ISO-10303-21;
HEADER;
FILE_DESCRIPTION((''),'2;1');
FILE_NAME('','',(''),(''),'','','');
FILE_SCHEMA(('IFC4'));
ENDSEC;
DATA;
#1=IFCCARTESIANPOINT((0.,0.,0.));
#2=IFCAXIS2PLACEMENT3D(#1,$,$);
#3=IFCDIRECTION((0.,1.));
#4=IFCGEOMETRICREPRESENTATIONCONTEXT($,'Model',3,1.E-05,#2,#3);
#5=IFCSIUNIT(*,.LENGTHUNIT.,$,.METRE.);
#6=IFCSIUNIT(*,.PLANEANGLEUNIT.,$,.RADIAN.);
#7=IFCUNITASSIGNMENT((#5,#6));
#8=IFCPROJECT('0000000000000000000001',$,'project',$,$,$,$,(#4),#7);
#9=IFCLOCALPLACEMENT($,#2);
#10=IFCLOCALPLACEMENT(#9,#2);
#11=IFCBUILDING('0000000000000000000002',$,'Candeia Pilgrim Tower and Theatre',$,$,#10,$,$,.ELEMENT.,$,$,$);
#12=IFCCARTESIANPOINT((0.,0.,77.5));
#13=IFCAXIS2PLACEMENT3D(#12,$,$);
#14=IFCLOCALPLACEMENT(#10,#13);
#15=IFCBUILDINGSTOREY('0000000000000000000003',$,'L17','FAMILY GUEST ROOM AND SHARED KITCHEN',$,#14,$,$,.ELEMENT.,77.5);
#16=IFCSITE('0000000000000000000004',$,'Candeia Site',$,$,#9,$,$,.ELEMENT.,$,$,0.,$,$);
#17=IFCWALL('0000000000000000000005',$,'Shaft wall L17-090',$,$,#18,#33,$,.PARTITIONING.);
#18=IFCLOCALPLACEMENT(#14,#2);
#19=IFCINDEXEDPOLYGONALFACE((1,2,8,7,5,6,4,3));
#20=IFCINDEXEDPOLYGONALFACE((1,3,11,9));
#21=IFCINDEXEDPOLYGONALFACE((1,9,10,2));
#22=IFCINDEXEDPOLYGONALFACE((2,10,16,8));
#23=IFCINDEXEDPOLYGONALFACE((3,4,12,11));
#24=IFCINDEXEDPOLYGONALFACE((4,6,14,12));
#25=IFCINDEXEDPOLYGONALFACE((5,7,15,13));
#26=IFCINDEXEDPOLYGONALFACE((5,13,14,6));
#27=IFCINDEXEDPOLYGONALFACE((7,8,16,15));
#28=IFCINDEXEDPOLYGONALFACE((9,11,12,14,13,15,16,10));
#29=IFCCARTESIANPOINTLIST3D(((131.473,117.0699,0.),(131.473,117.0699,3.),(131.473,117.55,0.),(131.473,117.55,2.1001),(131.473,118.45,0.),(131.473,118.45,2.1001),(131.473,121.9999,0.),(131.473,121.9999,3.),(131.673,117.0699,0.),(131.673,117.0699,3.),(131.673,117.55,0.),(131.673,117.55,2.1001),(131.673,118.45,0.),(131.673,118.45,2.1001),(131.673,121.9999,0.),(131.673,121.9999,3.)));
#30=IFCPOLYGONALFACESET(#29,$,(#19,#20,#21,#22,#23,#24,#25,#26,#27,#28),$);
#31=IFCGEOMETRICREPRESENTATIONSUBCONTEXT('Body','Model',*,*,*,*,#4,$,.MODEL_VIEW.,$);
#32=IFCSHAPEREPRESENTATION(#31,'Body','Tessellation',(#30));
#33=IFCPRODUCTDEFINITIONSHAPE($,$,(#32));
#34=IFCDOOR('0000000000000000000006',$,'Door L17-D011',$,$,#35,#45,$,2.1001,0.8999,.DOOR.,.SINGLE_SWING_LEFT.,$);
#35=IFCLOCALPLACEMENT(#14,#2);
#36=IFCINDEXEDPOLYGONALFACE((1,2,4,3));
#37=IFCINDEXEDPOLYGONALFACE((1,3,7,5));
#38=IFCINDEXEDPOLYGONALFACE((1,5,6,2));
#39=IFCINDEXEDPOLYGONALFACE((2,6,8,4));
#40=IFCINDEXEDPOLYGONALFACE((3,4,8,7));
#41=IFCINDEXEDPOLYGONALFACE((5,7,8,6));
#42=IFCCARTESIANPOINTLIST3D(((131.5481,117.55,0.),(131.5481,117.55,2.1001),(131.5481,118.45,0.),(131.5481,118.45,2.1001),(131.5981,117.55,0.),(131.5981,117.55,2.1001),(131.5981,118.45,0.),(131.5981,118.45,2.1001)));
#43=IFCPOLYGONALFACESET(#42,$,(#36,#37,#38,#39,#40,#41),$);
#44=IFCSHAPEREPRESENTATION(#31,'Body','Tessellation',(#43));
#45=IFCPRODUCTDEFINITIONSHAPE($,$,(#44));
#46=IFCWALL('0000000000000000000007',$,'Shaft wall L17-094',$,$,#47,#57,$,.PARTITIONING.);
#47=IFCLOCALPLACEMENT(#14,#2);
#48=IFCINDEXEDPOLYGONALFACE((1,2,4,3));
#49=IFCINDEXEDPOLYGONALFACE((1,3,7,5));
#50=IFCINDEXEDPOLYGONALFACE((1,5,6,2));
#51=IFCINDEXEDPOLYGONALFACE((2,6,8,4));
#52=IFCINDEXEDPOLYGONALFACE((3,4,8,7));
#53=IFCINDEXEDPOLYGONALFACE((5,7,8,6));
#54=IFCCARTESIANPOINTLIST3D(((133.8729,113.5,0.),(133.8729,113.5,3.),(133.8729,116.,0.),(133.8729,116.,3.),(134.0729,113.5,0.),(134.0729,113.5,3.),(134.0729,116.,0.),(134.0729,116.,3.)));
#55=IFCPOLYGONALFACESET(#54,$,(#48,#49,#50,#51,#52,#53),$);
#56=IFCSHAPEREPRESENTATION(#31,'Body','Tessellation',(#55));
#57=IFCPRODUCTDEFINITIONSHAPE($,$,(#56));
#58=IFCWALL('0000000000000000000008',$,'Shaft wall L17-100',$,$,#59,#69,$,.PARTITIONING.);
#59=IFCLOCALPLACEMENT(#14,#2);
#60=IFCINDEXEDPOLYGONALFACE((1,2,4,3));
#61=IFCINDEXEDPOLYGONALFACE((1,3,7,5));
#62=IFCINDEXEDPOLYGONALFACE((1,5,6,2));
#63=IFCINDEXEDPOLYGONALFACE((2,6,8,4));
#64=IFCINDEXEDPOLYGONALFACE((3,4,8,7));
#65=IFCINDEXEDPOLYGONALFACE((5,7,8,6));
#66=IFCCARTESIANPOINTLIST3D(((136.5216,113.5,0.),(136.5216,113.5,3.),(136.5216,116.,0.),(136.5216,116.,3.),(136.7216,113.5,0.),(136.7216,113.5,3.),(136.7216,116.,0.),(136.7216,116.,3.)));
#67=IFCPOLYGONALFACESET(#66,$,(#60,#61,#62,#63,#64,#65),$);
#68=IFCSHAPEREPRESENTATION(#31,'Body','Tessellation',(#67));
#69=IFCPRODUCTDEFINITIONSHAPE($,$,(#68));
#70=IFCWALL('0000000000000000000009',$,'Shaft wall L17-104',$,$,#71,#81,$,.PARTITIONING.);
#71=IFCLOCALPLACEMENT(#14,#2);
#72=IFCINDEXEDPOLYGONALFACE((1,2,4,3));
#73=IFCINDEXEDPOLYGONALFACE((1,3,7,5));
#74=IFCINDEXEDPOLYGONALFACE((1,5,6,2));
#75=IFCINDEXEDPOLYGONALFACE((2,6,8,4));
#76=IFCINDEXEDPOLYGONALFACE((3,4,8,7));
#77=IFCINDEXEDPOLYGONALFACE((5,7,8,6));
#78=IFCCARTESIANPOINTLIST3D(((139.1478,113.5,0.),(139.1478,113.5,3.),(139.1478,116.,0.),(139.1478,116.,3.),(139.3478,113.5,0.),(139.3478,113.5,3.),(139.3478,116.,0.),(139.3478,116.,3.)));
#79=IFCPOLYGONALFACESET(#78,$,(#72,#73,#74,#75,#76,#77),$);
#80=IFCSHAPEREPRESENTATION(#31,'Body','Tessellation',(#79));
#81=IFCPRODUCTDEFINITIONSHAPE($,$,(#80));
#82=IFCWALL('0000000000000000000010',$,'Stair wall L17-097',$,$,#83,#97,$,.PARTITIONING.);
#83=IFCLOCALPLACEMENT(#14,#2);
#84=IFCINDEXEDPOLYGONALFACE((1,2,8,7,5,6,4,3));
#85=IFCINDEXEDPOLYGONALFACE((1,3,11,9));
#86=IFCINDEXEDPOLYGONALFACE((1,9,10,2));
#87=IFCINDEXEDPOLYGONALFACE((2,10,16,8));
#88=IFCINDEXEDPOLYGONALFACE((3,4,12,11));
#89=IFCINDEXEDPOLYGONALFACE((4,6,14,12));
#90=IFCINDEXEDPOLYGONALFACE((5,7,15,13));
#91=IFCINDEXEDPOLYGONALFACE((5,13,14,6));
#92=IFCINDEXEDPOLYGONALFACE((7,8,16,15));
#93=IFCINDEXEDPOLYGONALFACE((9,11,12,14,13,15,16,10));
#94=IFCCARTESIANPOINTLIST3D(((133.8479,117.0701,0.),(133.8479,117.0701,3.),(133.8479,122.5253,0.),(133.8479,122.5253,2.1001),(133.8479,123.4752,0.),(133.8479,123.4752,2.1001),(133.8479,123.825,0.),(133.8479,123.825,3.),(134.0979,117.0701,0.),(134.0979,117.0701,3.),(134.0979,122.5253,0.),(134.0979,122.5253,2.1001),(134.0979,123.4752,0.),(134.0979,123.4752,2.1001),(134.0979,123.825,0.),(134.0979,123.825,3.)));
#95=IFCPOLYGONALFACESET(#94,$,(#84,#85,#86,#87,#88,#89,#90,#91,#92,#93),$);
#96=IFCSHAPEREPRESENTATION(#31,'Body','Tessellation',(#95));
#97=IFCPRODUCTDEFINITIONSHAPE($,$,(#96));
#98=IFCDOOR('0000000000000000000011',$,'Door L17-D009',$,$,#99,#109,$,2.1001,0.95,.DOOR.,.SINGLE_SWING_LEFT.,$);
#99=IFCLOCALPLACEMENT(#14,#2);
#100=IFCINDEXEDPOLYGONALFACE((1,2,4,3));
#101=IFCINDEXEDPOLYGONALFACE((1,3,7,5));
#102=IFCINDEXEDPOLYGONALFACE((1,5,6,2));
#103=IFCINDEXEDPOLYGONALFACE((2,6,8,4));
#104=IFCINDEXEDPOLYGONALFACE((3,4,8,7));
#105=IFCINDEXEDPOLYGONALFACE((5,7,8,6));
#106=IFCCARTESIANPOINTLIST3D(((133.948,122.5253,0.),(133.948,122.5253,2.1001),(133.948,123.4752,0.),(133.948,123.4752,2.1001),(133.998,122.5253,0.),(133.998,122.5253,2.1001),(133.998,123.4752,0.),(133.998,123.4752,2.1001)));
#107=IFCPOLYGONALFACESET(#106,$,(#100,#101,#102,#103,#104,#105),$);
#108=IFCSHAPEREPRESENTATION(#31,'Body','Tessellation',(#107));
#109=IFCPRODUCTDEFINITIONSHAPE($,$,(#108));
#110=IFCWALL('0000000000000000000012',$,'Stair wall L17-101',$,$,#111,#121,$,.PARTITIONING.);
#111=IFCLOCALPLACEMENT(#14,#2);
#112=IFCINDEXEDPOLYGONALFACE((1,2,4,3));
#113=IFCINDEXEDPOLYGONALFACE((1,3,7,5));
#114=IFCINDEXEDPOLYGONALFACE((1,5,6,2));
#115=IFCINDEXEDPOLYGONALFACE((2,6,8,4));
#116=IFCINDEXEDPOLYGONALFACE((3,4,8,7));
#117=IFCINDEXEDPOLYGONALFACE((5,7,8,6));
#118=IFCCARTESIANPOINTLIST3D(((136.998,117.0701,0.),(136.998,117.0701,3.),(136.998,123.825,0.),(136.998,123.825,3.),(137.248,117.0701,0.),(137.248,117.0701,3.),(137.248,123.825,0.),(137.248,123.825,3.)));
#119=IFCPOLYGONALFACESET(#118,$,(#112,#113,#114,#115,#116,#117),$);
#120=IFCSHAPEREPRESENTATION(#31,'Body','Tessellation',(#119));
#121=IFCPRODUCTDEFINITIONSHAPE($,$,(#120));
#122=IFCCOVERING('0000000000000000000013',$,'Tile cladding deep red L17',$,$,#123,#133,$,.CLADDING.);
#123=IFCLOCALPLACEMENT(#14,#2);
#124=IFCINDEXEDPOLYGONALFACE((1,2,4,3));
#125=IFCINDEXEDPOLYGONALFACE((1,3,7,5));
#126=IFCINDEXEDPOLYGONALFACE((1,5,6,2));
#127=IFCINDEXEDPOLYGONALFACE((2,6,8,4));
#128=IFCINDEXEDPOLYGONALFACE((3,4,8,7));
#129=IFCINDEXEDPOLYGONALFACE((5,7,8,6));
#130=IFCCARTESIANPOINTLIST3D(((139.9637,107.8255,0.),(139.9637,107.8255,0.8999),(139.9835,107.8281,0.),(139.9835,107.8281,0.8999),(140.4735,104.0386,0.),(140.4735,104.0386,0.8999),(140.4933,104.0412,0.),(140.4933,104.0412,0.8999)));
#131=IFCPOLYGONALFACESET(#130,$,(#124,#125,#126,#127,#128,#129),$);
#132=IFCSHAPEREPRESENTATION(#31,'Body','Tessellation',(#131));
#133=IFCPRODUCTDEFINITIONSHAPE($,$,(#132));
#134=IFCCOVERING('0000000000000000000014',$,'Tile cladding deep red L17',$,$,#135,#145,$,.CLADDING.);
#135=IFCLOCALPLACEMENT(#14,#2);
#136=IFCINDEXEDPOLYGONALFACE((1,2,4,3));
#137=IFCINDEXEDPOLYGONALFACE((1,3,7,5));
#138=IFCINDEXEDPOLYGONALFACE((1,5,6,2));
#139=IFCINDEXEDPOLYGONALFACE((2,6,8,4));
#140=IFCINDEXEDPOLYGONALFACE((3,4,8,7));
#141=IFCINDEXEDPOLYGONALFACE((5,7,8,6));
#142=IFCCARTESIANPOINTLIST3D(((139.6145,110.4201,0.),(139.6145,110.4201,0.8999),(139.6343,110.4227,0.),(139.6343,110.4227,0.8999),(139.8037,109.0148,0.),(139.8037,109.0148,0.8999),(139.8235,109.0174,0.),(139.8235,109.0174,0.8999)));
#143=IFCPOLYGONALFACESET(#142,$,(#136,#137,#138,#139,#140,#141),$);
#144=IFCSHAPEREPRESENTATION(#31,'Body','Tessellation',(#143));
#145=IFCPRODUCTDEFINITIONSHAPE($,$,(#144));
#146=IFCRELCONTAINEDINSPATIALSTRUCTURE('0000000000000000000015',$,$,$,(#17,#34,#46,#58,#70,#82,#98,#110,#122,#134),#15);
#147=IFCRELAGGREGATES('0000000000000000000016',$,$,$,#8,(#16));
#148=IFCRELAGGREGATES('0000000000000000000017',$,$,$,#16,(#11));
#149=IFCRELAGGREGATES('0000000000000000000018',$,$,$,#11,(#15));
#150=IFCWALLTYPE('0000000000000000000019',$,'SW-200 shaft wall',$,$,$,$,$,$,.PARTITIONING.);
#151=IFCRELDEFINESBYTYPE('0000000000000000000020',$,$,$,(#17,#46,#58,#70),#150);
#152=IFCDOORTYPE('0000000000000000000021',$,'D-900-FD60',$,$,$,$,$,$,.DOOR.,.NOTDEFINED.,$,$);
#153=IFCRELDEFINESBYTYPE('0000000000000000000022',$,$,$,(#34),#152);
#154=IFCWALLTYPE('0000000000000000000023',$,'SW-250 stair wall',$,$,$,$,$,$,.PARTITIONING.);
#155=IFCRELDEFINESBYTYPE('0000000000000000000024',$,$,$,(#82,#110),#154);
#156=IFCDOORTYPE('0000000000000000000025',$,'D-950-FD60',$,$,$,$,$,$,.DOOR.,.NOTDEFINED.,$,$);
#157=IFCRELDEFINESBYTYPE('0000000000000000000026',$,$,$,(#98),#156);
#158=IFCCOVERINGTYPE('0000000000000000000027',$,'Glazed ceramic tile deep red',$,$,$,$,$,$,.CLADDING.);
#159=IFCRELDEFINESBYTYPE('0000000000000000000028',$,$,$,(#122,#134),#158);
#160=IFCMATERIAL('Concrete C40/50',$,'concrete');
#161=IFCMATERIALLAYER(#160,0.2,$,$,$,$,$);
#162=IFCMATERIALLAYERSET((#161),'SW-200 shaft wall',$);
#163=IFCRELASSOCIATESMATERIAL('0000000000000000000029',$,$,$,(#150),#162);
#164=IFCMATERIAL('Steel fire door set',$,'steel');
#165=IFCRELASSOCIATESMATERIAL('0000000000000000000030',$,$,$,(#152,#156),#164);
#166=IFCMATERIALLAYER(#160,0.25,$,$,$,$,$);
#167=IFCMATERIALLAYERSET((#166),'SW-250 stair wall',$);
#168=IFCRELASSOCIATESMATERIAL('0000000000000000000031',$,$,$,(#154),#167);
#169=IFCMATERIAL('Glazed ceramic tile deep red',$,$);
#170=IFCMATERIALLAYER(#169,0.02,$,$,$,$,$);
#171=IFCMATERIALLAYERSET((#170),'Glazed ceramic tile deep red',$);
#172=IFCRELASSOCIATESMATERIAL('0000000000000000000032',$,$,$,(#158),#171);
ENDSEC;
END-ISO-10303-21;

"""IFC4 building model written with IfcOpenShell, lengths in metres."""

from ifc_helpers import new_model, si_unit, direction, frame, frame_2d, origin, origin_2d, place, context, subcontext, project, spatial, rectangle, extrude, material, layer, layer_set, type_object, element, fill, save


model = new_model("IFC4")

# Units and contexts
model_context = context("Model", 3, precision=1e-05, world=origin(), true_north=direction((0.0, 1.0)))
body_context = subcontext(model_context, "Body", "Model", "MODEL_VIEW")
ifc_project = project(units=[si_unit("LENGTHUNIT", "METRE"), si_unit("PLANEANGLEUNIT", "RADIAN")], contexts=[model_context])

# Site, building, storey
site_placement = place(None, origin())
site = spatial("IfcSite", under=ifc_project, at=site_placement, Name="Candeia Site", CompositionType="ELEMENT", RefElevation=0.0)
building_placement = place(site_placement, origin())
building = spatial("IfcBuilding", under=site, at=building_placement, Name="Candeia Pilgrim Tower and Theatre", CompositionType="ELEMENT")
storey_placement = place(building_placement, frame((0.0, 0.0, 77.5)))
storey = spatial("IfcBuildingStorey", under=building, at=storey_placement, Name="L17", Description="FAMILY GUEST ROOM AND SHARED KITCHEN", CompositionType="ELEMENT", Elevation=77.5)

# Shared definitions
ifc_material_1 = material(Name="Steel fire door set", Category="steel")

# Shared definitions
ifc_material_2 = material(Name="Concrete C40/50", Category="concrete")
ifc_layer_1 = layer(ifc_material_2, 0.2)
ifc_layer_set_1 = layer_set([ifc_layer_1], Name="SW-200 shaft wall")
wall_type_1 = type_object("IfcWallType", Name="SW-200 shaft wall", PredefinedType="PARTITIONING", material=ifc_layer_set_1)
door_type_1 = type_object("IfcDoorType", Name="D-900-FD60", OperationType="NOTDEFINED", PredefinedType="DOOR", material=ifc_material_1)

# Wall, opening, door
wall_1_placement = place(storey_placement, frame((131.573, 117.0701, 0.0), z_axis=(0.0, 0.0, 1.0), x_axis=(0.0, 1.0, 0.0)))
wall_1 = element("IfcWall", 1, at=wall_1_placement, inside=storey, type_object=wall_type_1, Name="Shaft wall L17-090", PredefinedType="PARTITIONING", context=body_context, shape_type="SweptSolid", body=[
    extrude(rectangle(XDim=4.9299, YDim=0.2, at=frame_2d((2.4648, 0.0))), origin(), (0.0, 0.0, 1.0), 3.0),
])
opening_1_placement = place(wall_1_placement, frame((0.48, 0.0, 0.0)))
opening_1 = element("IfcOpeningElement", 2, at=opening_1_placement, cuts=wall_1, PredefinedType="OPENING", context=body_context, shape_type="SweptSolid", body=[
    extrude(rectangle(XDim=0.8999, YDim=2.1001, at=frame_2d((0.45, 1.05))), frame((0.0, 0.1099, 0.0), z_axis=(0.0, -1.0, 0.0), x_axis=(1.0, 0.0, 0.0)), (0.0, 0.0, 1.0), 0.22),
])
door_1_placement = place(opening_1_placement, origin())
door_1 = element("IfcDoor", 3, at=door_1_placement, inside=storey, type_object=door_type_1, Name="Door L17-D011", OperationType="SINGLE_SWING_LEFT", OverallHeight=2.1001, OverallWidth=0.8999, PredefinedType="DOOR", context=body_context, shape_type="SweptSolid", body=[
    extrude(rectangle(XDim=0.8999, YDim=2.1001, at=frame_2d((0.45, 1.05))), frame((0.0, 0.0249, 0.0), z_axis=(0.0, -1.0, 0.0), x_axis=(1.0, 0.0, 0.0)), (0.0, 0.0, 1.0), 0.05),
])
fill(opening_1, door_1)

# Walls
for number, where, z_axis, x_axis, name in (
    (4, (133.9729, 113.5, 0.0), (0.0, 0.0, 1.0), (0.0, 1.0, 0.0), "Shaft wall L17-094"),
    (5, (136.6216, 113.5, 0.0), (0.0, 0.0, 1.0), (0.0, 1.0, 0.0), "Shaft wall L17-100"),
    (6, (139.2478, 113.5, 0.0), (0.0, 0.0, 1.0), (0.0, 1.0, 0.0), "Shaft wall L17-104"),
):
    element("IfcWall", number, at=place(storey_placement, frame(where, z_axis=z_axis, x_axis=x_axis)), inside=storey, type_object=wall_type_1, Name=name, PredefinedType="PARTITIONING", context=body_context, shape_type="SweptSolid", body=[
        extrude(rectangle(XDim=2.5, YDim=0.2, at=frame_2d((1.25, 0.0))), origin(), (0.0, 0.0, 1.0), 3.0),
    ])

# Wall, opening, door
ifc_layer_2 = layer(ifc_material_2, 0.25)
ifc_layer_set_2 = layer_set([ifc_layer_2], Name="SW-250 stair wall")
wall_type_2 = type_object("IfcWallType", Name="SW-250 stair wall", PredefinedType="PARTITIONING", material=ifc_layer_set_2)
wall_2_placement = place(storey_placement, frame((133.9729, 117.0701, 0.0), z_axis=(0.0, 0.0, 1.0), x_axis=(0.0, 1.0, 0.0)))
wall_2 = element("IfcWall", 7, at=wall_2_placement, inside=storey, type_object=wall_type_2, Name="Stair wall L17-097", PredefinedType="PARTITIONING", context=body_context, shape_type="SweptSolid", body=[
    extrude(rectangle(XDim=6.7549, YDim=0.25, at=frame_2d((3.3774, 0.0))), origin(), (0.0, 0.0, 1.0), 3.0),
])
opening_2_placement = place(wall_2_placement, frame((5.4551, 0.0, 0.0)))
opening_2 = element("IfcOpeningElement", 8, at=opening_2_placement, cuts=wall_2, PredefinedType="OPENING", context=body_context, shape_type="SweptSolid", body=[
    extrude(rectangle(XDim=0.95, YDim=2.1001, at=frame_2d((0.4751, 1.05))), frame((0.0, 0.135, 0.0), z_axis=(0.0, -1.0, 0.0), x_axis=(1.0, 0.0, 0.0)), (0.0, 0.0, 1.0), 0.27),
])
door_type_2 = type_object("IfcDoorType", Name="D-950-FD60", OperationType="NOTDEFINED", PredefinedType="DOOR", material=ifc_material_1)
door_2_placement = place(opening_2_placement, origin())
door_2 = element("IfcDoor", 9, at=door_2_placement, inside=storey, type_object=door_type_2, Name="Door L17-D009", OperationType="SINGLE_SWING_LEFT", OverallHeight=2.1001, OverallWidth=0.95, PredefinedType="DOOR", context=body_context, shape_type="SweptSolid", body=[
    extrude(rectangle(XDim=0.95, YDim=2.1001, at=frame_2d((0.4751, 1.05))), frame((0.0, 0.0249, 0.0), z_axis=(0.0, -1.0, 0.0), x_axis=(1.0, 0.0, 0.0)), (0.0, 0.0, 1.0), 0.05),
])
fill(opening_2, door_2)

# Wall
wall_3_placement = place(storey_placement, frame((137.123, 117.0701, 0.0), z_axis=(0.0, 0.0, 1.0), x_axis=(0.0, 1.0, 0.0)))
element("IfcWall", 10, at=wall_3_placement, inside=storey, type_object=wall_type_2, Name="Stair wall L17-101", PredefinedType="PARTITIONING", context=body_context, shape_type="SweptSolid", body=[
    extrude(rectangle(XDim=6.7549, YDim=0.25, at=frame_2d((3.3774, 0.0))), origin(), (0.0, 0.0, 1.0), 3.0),
])

# Coverings
ifc_material_3 = material(Name="Glazed ceramic tile deep red")
ifc_layer_3 = layer(ifc_material_3, 0.02)
ifc_layer_set_3 = layer_set([ifc_layer_3], Name="Glazed ceramic tile deep red")
covering_type = type_object("IfcCoveringType", Name="Glazed ceramic tile deep red", PredefinedType="CLADDING", material=ifc_layer_set_3)
covering_1_placement = place(storey_placement, frame((140.2285, 105.9333, 0.0), z_axis=(0.0, 0.0, 1.0), x_axis=(-0.133412, 0.991061, 0.0)))
element("IfcCovering", 11, at=covering_1_placement, inside=storey, type_object=covering_type, Name="Tile cladding deep red L17", PredefinedType="CLADDING", context=body_context, shape_type="SweptSolid", body=[
    extrude(rectangle(XDim=3.821, YDim=0.02, at=origin_2d()), origin(), (0.0, 0.0, 1.0), 0.8999),
])
covering_2_placement = place(storey_placement, frame((139.719, 109.7188, 0.0), z_axis=(0.0, 0.0, 1.0), x_axis=(-0.133412, 0.991061, 0.0)))
element("IfcCovering", 12, at=covering_2_placement, inside=storey, type_object=covering_type, Name="Tile cladding deep red L17", PredefinedType="CLADDING", context=body_context, shape_type="SweptSolid", body=[
    extrude(rectangle(XDim=1.418, YDim=0.02, at=origin_2d()), origin(), (0.0, 0.0, 1.0), 0.8999),
])

save(model, "model.ifc")
